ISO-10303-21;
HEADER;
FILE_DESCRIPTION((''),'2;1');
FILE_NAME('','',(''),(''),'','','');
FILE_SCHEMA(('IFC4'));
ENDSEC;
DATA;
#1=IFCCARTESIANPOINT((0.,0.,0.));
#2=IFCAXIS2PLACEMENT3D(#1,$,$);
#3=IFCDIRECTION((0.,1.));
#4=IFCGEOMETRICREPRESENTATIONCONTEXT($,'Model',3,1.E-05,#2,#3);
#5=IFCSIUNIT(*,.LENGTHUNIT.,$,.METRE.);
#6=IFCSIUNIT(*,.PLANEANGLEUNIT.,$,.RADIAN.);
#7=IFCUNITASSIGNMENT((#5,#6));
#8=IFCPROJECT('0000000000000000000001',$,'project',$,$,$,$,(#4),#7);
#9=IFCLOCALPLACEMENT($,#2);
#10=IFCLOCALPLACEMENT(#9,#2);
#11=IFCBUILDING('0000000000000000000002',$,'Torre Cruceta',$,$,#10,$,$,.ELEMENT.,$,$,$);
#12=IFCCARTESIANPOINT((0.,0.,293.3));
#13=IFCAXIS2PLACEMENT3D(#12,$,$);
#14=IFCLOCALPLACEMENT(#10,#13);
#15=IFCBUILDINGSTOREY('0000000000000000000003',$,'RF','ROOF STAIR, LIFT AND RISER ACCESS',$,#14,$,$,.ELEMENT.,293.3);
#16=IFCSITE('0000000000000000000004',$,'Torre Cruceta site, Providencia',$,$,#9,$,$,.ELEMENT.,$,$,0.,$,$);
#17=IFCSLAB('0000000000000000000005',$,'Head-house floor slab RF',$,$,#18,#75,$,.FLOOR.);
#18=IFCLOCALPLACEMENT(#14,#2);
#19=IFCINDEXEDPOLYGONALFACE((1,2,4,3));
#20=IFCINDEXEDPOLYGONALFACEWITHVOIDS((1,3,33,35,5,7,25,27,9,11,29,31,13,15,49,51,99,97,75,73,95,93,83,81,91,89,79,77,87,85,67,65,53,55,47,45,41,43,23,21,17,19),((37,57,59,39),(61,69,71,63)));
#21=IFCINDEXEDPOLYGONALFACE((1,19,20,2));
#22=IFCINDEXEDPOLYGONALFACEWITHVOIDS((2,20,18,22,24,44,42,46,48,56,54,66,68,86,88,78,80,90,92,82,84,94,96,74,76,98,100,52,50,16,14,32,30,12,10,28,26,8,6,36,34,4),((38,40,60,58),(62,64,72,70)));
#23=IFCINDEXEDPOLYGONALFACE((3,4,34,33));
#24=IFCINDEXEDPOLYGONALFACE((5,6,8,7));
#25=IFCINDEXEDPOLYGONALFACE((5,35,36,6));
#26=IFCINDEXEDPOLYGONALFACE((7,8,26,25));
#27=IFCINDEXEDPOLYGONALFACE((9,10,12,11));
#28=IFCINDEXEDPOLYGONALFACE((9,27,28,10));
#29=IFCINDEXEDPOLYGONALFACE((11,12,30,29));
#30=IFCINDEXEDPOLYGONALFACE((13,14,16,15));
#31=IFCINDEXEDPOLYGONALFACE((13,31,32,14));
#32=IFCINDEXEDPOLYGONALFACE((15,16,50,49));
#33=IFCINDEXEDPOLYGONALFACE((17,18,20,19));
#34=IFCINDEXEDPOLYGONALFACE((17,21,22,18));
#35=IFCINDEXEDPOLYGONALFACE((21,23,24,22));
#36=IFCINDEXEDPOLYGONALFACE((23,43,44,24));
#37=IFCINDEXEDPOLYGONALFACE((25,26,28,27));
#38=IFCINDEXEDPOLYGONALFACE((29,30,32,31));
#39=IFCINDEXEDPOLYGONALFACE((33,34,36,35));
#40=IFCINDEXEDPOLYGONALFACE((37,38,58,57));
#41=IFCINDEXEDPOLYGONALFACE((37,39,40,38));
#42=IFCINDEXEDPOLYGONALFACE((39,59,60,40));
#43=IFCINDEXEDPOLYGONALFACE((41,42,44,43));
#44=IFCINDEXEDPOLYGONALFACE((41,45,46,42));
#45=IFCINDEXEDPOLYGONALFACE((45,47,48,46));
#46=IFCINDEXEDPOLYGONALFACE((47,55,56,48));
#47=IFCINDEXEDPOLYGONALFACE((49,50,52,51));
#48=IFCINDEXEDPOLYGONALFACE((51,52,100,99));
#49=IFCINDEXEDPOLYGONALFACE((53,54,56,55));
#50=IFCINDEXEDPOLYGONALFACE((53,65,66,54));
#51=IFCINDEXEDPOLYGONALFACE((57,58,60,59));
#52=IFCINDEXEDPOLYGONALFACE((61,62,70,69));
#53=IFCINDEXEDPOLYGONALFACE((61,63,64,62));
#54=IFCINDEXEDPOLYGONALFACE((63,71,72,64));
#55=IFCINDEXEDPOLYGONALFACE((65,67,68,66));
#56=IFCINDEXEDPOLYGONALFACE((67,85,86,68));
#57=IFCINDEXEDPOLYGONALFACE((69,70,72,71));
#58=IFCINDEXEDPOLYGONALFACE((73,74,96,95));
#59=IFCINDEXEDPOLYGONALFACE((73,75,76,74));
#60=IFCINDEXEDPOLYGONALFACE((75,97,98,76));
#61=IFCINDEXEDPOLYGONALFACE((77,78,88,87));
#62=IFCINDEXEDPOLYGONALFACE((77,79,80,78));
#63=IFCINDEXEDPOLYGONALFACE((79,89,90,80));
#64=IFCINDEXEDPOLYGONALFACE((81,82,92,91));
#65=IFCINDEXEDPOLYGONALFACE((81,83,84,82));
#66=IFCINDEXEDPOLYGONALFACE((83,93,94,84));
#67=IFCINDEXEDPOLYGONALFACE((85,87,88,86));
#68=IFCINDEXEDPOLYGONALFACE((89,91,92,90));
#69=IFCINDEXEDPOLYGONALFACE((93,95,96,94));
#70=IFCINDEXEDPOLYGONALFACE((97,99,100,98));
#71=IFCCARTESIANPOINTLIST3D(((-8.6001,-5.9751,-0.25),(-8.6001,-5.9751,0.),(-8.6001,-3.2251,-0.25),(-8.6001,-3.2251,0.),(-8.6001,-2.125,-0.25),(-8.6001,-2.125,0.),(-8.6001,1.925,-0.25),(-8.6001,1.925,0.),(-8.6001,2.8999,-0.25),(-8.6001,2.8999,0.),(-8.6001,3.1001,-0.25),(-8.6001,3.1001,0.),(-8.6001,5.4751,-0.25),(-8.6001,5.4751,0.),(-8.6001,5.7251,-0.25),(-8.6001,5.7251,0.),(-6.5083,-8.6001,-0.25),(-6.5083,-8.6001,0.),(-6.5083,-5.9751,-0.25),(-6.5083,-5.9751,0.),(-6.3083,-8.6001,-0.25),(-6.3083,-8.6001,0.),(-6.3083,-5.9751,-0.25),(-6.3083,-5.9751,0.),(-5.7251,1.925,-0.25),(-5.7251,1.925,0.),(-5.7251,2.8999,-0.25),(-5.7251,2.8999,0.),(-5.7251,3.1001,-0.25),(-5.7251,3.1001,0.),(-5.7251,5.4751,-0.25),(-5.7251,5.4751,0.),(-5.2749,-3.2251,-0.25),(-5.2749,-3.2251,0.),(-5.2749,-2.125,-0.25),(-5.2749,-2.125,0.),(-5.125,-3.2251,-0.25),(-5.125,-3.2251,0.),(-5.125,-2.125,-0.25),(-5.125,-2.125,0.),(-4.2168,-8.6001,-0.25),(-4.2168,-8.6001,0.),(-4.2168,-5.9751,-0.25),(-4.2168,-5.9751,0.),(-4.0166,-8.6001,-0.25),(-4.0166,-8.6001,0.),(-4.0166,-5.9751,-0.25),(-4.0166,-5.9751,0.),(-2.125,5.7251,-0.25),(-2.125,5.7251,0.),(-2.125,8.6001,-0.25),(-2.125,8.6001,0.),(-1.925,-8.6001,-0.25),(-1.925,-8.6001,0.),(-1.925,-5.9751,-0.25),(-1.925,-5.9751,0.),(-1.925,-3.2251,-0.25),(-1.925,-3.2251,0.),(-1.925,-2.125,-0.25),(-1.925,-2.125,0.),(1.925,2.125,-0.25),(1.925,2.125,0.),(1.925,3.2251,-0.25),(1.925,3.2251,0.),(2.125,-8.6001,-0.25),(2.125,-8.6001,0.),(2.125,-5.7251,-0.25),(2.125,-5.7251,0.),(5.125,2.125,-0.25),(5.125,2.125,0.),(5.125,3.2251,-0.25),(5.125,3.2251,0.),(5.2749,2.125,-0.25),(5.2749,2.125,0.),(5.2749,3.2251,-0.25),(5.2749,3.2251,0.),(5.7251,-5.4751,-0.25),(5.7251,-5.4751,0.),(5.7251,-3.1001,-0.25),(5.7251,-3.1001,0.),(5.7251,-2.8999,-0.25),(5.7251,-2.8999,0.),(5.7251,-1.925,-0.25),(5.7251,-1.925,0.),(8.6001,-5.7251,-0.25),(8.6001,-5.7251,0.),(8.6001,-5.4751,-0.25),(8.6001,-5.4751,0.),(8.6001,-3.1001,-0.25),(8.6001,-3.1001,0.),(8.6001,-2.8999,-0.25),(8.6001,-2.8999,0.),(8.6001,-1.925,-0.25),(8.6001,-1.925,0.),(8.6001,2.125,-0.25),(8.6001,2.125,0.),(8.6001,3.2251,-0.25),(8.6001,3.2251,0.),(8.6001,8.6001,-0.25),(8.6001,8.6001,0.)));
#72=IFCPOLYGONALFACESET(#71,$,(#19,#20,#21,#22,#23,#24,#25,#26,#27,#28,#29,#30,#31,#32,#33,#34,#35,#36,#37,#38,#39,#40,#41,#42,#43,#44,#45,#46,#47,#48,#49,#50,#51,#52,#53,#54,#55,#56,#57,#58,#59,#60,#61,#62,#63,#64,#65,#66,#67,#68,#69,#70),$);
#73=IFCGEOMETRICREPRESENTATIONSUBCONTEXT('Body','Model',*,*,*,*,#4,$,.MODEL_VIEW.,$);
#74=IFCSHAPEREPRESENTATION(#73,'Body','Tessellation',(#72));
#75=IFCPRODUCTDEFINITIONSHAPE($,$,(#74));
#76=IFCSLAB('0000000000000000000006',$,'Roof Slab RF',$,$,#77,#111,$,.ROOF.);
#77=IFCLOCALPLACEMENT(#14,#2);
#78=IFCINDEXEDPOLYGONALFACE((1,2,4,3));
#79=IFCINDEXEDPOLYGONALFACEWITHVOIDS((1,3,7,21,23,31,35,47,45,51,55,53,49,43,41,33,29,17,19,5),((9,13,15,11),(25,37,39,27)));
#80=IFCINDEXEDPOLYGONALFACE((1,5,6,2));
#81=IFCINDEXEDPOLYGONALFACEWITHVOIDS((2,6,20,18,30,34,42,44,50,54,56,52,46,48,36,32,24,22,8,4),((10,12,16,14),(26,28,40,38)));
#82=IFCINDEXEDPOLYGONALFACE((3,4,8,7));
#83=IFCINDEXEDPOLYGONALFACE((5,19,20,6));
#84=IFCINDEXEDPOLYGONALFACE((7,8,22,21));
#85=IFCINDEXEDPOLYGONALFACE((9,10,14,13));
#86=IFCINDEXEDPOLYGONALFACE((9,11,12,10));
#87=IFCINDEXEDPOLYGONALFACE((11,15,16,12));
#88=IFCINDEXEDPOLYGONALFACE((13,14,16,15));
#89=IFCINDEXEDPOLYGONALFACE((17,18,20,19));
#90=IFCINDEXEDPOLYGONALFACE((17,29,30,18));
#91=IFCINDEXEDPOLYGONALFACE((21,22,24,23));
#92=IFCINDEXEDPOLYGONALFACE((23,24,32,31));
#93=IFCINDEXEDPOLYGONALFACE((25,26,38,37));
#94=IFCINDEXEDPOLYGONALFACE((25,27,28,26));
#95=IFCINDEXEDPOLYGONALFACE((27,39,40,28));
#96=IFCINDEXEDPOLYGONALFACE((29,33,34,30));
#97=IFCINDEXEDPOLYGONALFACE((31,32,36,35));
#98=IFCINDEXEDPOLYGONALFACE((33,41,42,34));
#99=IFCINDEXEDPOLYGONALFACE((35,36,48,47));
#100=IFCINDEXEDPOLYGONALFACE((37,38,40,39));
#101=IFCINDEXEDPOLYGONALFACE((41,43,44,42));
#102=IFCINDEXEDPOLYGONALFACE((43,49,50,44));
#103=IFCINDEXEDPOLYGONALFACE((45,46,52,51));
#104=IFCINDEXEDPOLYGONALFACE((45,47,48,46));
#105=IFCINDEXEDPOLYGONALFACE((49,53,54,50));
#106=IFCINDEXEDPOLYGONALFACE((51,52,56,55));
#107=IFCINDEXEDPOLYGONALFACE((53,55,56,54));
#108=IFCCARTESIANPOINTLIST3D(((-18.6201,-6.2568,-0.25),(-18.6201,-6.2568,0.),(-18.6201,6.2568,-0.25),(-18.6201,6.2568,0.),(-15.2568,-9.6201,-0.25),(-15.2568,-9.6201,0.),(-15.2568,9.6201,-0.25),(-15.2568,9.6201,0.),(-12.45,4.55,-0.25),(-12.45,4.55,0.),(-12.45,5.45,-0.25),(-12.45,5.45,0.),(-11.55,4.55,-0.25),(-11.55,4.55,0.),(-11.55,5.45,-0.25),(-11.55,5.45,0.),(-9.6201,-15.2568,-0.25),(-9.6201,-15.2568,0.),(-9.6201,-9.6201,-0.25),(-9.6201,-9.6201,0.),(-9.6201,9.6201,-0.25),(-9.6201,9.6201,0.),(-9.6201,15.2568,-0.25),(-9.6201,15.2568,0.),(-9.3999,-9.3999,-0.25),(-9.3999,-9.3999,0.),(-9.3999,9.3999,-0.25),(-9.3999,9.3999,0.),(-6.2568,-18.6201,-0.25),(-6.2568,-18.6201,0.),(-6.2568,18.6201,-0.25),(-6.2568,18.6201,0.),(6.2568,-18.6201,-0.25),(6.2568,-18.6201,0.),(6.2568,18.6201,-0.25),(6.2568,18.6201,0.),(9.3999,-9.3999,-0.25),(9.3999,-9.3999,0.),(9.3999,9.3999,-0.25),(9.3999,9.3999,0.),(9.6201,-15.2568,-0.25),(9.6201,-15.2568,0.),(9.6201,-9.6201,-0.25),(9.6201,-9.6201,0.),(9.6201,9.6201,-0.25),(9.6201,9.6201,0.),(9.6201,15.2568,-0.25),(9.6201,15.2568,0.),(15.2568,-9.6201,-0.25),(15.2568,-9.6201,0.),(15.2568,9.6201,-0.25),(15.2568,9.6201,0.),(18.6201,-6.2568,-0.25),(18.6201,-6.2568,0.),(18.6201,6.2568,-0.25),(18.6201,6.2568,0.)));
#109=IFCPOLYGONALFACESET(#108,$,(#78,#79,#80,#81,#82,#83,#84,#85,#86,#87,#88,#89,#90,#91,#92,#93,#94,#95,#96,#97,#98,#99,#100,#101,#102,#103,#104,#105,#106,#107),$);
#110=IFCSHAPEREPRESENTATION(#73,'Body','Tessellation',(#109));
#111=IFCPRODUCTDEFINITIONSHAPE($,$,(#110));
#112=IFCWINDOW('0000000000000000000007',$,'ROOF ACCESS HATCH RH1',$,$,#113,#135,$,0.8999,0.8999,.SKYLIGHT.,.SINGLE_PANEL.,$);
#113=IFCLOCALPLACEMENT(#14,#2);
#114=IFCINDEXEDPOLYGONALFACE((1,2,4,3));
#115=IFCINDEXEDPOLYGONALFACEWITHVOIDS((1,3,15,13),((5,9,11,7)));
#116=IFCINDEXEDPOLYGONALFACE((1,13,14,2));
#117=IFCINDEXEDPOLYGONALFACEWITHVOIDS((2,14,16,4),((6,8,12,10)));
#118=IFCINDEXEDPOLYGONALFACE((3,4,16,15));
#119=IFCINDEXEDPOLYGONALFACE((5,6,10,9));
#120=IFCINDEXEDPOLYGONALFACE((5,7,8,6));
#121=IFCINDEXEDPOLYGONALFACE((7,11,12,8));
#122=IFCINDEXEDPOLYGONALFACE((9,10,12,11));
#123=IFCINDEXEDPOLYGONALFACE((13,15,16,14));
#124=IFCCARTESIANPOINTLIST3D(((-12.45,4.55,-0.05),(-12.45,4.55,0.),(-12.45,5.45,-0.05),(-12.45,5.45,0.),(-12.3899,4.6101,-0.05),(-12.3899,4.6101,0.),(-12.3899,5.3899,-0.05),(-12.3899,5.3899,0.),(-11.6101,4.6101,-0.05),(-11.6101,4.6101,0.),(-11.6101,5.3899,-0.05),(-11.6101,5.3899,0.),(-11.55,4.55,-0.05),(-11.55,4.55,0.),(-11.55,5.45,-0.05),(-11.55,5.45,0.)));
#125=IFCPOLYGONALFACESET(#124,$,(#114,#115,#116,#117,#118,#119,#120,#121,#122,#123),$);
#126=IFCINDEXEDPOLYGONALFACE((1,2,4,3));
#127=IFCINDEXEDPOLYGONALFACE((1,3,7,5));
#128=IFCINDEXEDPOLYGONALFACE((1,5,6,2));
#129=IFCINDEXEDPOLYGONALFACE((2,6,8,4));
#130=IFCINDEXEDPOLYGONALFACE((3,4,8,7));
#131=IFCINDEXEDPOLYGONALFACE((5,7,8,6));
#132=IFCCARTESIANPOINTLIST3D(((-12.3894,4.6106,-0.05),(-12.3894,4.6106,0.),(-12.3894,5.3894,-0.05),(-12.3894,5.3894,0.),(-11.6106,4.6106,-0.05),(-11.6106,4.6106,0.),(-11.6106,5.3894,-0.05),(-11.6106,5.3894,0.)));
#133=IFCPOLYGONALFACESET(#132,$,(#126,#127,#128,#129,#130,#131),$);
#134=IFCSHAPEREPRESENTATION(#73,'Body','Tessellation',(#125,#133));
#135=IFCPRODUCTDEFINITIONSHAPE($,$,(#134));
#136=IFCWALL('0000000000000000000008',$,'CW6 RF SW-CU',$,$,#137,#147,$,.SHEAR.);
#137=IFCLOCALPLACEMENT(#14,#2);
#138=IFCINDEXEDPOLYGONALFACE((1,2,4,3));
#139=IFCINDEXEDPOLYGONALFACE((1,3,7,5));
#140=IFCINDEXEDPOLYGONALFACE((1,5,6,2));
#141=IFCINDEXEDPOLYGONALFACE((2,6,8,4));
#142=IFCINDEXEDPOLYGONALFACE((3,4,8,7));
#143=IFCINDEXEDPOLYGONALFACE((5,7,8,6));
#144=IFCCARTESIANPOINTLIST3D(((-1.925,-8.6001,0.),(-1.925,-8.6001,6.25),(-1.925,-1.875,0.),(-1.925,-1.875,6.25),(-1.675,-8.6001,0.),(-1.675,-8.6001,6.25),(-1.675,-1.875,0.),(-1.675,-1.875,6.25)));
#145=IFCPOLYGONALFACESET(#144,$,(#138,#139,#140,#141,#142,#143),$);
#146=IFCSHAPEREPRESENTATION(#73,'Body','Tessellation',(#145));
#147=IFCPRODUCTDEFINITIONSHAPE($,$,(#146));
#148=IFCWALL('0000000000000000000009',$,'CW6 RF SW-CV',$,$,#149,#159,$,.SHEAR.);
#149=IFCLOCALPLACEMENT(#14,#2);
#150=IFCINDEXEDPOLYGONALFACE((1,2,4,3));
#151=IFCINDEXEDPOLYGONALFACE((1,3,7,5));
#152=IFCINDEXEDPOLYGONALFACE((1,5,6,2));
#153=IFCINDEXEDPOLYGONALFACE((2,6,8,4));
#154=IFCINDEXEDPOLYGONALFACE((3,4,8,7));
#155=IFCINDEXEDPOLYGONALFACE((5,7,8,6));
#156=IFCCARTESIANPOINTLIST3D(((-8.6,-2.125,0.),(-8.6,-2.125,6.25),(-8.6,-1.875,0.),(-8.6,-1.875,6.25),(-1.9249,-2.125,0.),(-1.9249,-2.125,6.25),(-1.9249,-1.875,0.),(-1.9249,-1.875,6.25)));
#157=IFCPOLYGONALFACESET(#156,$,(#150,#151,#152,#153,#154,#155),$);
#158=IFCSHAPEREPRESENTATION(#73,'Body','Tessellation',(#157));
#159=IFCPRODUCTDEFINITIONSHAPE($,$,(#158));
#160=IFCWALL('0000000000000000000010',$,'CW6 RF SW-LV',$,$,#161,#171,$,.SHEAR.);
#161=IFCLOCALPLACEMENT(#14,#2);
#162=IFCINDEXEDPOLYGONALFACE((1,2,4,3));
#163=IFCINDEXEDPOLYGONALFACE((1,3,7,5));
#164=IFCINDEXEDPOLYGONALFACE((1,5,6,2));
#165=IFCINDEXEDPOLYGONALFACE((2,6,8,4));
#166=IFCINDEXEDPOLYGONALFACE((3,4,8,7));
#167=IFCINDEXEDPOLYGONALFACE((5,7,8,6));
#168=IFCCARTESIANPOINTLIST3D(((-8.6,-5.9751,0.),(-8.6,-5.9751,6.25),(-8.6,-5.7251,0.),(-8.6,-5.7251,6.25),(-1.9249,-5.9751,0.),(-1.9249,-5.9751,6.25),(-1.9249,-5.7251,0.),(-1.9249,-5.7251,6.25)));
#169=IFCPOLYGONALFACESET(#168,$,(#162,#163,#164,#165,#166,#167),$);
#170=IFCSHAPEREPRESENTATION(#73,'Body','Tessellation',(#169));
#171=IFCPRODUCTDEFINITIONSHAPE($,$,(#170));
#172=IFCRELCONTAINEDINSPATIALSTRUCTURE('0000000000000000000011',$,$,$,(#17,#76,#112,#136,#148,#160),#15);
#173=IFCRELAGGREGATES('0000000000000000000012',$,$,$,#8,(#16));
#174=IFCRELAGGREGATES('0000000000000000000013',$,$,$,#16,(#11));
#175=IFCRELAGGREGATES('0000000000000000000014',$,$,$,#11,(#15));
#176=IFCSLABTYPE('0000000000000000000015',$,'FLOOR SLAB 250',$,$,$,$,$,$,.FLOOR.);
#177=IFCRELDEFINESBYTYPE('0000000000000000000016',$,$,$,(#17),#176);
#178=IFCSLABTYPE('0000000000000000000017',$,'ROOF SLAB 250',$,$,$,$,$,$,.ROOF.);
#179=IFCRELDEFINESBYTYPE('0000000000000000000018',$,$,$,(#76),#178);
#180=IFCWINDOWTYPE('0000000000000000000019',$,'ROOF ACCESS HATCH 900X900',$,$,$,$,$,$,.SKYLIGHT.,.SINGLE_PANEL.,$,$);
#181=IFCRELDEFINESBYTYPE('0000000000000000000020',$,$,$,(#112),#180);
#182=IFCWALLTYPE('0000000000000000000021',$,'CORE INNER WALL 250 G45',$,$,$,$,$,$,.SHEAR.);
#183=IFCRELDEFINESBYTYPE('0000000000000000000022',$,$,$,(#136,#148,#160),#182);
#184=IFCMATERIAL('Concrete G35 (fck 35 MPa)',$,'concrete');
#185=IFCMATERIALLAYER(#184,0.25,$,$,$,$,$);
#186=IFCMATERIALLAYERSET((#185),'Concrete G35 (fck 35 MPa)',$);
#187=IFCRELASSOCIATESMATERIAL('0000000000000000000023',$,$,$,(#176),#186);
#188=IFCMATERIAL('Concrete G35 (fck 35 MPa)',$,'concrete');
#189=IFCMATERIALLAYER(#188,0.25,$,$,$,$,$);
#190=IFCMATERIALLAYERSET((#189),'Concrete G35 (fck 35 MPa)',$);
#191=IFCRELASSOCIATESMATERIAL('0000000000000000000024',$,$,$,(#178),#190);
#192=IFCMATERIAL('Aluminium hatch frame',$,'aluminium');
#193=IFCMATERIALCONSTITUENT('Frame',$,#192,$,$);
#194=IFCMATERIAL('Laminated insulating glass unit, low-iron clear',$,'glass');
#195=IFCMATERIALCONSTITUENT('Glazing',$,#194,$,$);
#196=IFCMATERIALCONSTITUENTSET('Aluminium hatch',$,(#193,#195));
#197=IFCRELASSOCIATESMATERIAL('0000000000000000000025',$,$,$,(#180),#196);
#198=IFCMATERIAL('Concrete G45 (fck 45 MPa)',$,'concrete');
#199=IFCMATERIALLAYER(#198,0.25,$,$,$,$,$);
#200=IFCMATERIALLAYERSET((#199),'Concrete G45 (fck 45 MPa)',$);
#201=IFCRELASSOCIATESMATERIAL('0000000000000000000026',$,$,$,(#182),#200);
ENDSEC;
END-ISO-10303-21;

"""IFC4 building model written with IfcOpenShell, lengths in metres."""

from ifc_helpers import new_model, si_unit, direction, frame, frame_2d, origin, origin_2d, place, context, subcontext, project, spatial, polyline, rectangle, hollow_rectangle, outline, extrude, material, layer, layer_set, constituent, constituent_set, type_object, element, fill, save


model = new_model("IFC4")

# Units and contexts
model_context = context("Model", 3, precision=1e-05, world=origin(), true_north=direction((0.0, 1.0)))
body_context = subcontext(model_context, "Body", "Model", "MODEL_VIEW")
ifc_project = project(units=[si_unit("LENGTHUNIT", "METRE"), si_unit("PLANEANGLEUNIT", "RADIAN")], contexts=[model_context])

# Site, building, storey
site_placement = place(None, origin())
site = spatial("IfcSite", under=ifc_project, at=site_placement, Name="Torre Cruceta site, Providencia", CompositionType="ELEMENT", RefElevation=0.0)
building_placement = place(site_placement, origin())
building = spatial("IfcBuilding", under=site, at=building_placement, Name="Torre Cruceta", CompositionType="ELEMENT")
storey_placement = place(building_placement, frame((0.0, 0.0, 293.3)))
storey = spatial("IfcBuildingStorey", under=building, at=storey_placement, Name="RF", Description="ROOF STAIR, LIFT AND RISER ACCESS", CompositionType="ELEMENT", Elevation=293.3)

# Slab
ifc_material_1 = material(Name="Concrete G35 (fck 35 MPa)", Category="concrete")
ifc_layer_1 = layer(ifc_material_1, 0.25)
ifc_layer_set_1 = layer_set([ifc_layer_1], Name="Concrete G35 (fck 35 MPa)")
slab_type_1 = type_object("IfcSlabType", Name="FLOOR SLAB 250", PredefinedType="FLOOR", material=ifc_layer_set_1)
slab_1_placement = place(storey_placement, frame((0.0, 0.0, -0.25)))
element("IfcSlab", 1, at=slab_1_placement, inside=storey, type_object=slab_type_1, Name="Head-house floor slab RF", PredefinedType="FLOOR", context=body_context, shape_type="SweptSolid", body=[
    extrude(outline(polyline([(-6.3083, -8.6001), (-6.3083, -5.9751), (-4.2168, -5.9751), (-4.2168, -8.6001), (-4.0166, -8.6001), (-4.0166, -5.9751), (-1.925, -5.9751), (-1.925, -8.6001), (2.125, -8.6001), (2.125, -5.7251), (8.6001, -5.7251), (8.6001, -5.4751), (5.7251, -5.4751), (5.7251, -3.1001), (8.6001, -3.1001), (8.6001, -2.8999), (5.7251, -2.8999), (5.7251, -1.925), (8.6001, -1.925), (8.6001, 2.125), (5.2749, 2.125), (5.2749, 3.2251), (8.6001, 3.2251), (8.6001, 8.6001), (-2.125, 8.6001), (-2.125, 5.7251), (-8.6001, 5.7251), (-8.6001, 5.4751), (-5.7251, 5.4751), (-5.7251, 3.1001), (-8.6001, 3.1001), (-8.6001, 2.8999), (-5.7251, 2.8999), (-5.7251, 1.925), (-8.6001, 1.925), (-8.6001, -2.125), (-5.2749, -2.125), (-5.2749, -3.2251), (-8.6001, -3.2251), (-8.6001, -5.9751), (-6.5083, -5.9751), (-6.5083, -8.6001), (-6.3083, -8.6001)]), holes=[polyline([(-1.925, -3.2251), (-5.125, -3.2251), (-5.125, -2.125), (-1.925, -2.125), (-1.925, -3.2251)]), polyline([(1.925, 2.125), (1.925, 3.2251), (5.125, 3.2251), (5.125, 2.125), (1.925, 2.125)])]), origin(), (0.0, 0.0, 1.0), 0.25),
])

# Slab, opening, window
ifc_material_2 = material(Name="Concrete G35 (fck 35 MPa)", Category="concrete")
ifc_layer_2 = layer(ifc_material_2, 0.25)
ifc_layer_set_2 = layer_set([ifc_layer_2], Name="Concrete G35 (fck 35 MPa)")
slab_type_2 = type_object("IfcSlabType", Name="ROOF SLAB 250", PredefinedType="ROOF", material=ifc_layer_set_2)
slab_2_placement = place(storey_placement, frame((0.0, 0.0, -0.25)))
slab_2 = element("IfcSlab", 2, at=slab_2_placement, inside=storey, type_object=slab_type_2, Name="Roof Slab RF", PredefinedType="ROOF", context=body_context, shape_type="SweptSolid", body=[
    extrude(outline(polyline([(9.6201, -9.6201), (9.6201, -15.2568), (6.2568, -18.6201), (-6.2568, -18.6201), (-9.6201, -15.2568), (-9.6201, -9.6201), (-15.2568, -9.6201), (-18.6201, -6.2568), (-18.6201, 6.2568), (-15.2568, 9.6201), (-9.6201, 9.6201), (-9.6201, 15.2568), (-6.2568, 18.6201), (6.2568, 18.6201), (9.6201, 15.2568), (9.6201, 9.6201), (15.2568, 9.6201), (18.6201, 6.2568), (18.6201, -6.2568), (15.2568, -9.6201), (9.6201, -9.6201)]), holes=[polyline([(9.3999, 9.3999), (9.3999, -9.3999), (-9.3999, -9.3999), (-9.3999, 9.3999), (9.3999, 9.3999)])]), origin(), (0.0, 0.0, 1.0), 0.25),
])
opening_placement = place(slab_2_placement, frame((-12.0, 5.0, 0.0)))
opening = element("IfcOpeningElement", 3, at=opening_placement, cuts=slab_2, PredefinedType="OPENING", context=body_context, shape_type="SweptSolid", body=[
    extrude(rectangle(XDim=0.8999, YDim=0.8999, at=origin_2d()), origin(), (0.0, 0.0, 1.0), 0.25),
])
ifc_material_3 = material(Name="Aluminium hatch frame", Category="aluminium")
ifc_constituent_1 = constituent(ifc_material_3, Name="Frame")
ifc_material_4 = material(Name="Laminated insulating glass unit, low-iron clear", Category="glass")
ifc_constituent_2 = constituent(ifc_material_4, Name="Glazing")
ifc_constituent_set = constituent_set(constituents=[ifc_constituent_1, ifc_constituent_2], Name="Aluminium hatch")
window_type = type_object("IfcWindowType", Name="ROOF ACCESS HATCH 900X900", PartitioningType="SINGLE_PANEL", PredefinedType="SKYLIGHT", material=ifc_constituent_set)
window_placement = place(opening_placement, frame((0.0, 0.0, 0.2)))
window = element("IfcWindow", 4, at=window_placement, inside=storey, type_object=window_type, Name="ROOF ACCESS HATCH RH1", OverallHeight=0.8999, OverallWidth=0.8999, PartitioningType="SINGLE_PANEL", PredefinedType="SKYLIGHT", context=body_context, shape_type="SweptSolid", body=[
    extrude(hollow_rectangle(XDim=0.8999, YDim=0.8999, WallThickness=0.0601, at=origin_2d()), origin(), (0.0, 0.0, 1.0), 0.05),
    extrude(rectangle(XDim=0.7788, YDim=0.7788, at=origin_2d()), origin(), (0.0, 0.0, 1.0), 0.05),
])
fill(opening, window)

# Walls
ifc_material_5 = material(Name="Concrete G45 (fck 45 MPa)", Category="concrete")
ifc_layer_3 = layer(ifc_material_5, 0.25)
ifc_layer_set_3 = layer_set([ifc_layer_3], Name="Concrete G45 (fck 45 MPa)")
wall_type_1 = type_object("IfcWallType", Name="CORE INNER WALL 250 G45", PredefinedType="SHEAR", material=ifc_layer_set_3)
wall_1_placement = place(storey_placement, frame((-1.8, -1.875, 0.0), z_axis=(0.0, 0.0, 1.0), x_axis=(0.0, -1.0, 0.0)))
element("IfcWall", 5, at=wall_1_placement, inside=storey, type_object=wall_type_1, Name="CW6 RF SW-CU", PredefinedType="SHEAR", context=body_context, shape_type="SweptSolid", body=[
    extrude(rectangle(XDim=6.7251, YDim=0.25, at=frame_2d((3.3625, 0.0))), origin(), (0.0, 0.0, 1.0), 6.25),
])
for number, where, z_axis, x_axis, name in (
    (6, (-1.925, -2.0, 0.0), (0.0, 0.0, 1.0), (-1.0, 0.0, 0.0), "CW6 RF SW-CV"),
    (7, (-1.925, -5.8501, 0.0), (0.0, 0.0, 1.0), (-1.0, 0.0, 0.0), "CW6 RF SW-LV"),
):
    element("IfcWall", number, at=place(storey_placement, frame(where, z_axis=z_axis, x_axis=x_axis)), inside=storey, type_object=wall_type_1, Name=name, PredefinedType="SHEAR", context=body_context, shape_type="SweptSolid", body=[
        extrude(rectangle(XDim=6.675, YDim=0.25, at=frame_2d((3.3374, 0.0))), origin(), (0.0, 0.0, 1.0), 6.25),
    ])

save(model, "model.ifc")
